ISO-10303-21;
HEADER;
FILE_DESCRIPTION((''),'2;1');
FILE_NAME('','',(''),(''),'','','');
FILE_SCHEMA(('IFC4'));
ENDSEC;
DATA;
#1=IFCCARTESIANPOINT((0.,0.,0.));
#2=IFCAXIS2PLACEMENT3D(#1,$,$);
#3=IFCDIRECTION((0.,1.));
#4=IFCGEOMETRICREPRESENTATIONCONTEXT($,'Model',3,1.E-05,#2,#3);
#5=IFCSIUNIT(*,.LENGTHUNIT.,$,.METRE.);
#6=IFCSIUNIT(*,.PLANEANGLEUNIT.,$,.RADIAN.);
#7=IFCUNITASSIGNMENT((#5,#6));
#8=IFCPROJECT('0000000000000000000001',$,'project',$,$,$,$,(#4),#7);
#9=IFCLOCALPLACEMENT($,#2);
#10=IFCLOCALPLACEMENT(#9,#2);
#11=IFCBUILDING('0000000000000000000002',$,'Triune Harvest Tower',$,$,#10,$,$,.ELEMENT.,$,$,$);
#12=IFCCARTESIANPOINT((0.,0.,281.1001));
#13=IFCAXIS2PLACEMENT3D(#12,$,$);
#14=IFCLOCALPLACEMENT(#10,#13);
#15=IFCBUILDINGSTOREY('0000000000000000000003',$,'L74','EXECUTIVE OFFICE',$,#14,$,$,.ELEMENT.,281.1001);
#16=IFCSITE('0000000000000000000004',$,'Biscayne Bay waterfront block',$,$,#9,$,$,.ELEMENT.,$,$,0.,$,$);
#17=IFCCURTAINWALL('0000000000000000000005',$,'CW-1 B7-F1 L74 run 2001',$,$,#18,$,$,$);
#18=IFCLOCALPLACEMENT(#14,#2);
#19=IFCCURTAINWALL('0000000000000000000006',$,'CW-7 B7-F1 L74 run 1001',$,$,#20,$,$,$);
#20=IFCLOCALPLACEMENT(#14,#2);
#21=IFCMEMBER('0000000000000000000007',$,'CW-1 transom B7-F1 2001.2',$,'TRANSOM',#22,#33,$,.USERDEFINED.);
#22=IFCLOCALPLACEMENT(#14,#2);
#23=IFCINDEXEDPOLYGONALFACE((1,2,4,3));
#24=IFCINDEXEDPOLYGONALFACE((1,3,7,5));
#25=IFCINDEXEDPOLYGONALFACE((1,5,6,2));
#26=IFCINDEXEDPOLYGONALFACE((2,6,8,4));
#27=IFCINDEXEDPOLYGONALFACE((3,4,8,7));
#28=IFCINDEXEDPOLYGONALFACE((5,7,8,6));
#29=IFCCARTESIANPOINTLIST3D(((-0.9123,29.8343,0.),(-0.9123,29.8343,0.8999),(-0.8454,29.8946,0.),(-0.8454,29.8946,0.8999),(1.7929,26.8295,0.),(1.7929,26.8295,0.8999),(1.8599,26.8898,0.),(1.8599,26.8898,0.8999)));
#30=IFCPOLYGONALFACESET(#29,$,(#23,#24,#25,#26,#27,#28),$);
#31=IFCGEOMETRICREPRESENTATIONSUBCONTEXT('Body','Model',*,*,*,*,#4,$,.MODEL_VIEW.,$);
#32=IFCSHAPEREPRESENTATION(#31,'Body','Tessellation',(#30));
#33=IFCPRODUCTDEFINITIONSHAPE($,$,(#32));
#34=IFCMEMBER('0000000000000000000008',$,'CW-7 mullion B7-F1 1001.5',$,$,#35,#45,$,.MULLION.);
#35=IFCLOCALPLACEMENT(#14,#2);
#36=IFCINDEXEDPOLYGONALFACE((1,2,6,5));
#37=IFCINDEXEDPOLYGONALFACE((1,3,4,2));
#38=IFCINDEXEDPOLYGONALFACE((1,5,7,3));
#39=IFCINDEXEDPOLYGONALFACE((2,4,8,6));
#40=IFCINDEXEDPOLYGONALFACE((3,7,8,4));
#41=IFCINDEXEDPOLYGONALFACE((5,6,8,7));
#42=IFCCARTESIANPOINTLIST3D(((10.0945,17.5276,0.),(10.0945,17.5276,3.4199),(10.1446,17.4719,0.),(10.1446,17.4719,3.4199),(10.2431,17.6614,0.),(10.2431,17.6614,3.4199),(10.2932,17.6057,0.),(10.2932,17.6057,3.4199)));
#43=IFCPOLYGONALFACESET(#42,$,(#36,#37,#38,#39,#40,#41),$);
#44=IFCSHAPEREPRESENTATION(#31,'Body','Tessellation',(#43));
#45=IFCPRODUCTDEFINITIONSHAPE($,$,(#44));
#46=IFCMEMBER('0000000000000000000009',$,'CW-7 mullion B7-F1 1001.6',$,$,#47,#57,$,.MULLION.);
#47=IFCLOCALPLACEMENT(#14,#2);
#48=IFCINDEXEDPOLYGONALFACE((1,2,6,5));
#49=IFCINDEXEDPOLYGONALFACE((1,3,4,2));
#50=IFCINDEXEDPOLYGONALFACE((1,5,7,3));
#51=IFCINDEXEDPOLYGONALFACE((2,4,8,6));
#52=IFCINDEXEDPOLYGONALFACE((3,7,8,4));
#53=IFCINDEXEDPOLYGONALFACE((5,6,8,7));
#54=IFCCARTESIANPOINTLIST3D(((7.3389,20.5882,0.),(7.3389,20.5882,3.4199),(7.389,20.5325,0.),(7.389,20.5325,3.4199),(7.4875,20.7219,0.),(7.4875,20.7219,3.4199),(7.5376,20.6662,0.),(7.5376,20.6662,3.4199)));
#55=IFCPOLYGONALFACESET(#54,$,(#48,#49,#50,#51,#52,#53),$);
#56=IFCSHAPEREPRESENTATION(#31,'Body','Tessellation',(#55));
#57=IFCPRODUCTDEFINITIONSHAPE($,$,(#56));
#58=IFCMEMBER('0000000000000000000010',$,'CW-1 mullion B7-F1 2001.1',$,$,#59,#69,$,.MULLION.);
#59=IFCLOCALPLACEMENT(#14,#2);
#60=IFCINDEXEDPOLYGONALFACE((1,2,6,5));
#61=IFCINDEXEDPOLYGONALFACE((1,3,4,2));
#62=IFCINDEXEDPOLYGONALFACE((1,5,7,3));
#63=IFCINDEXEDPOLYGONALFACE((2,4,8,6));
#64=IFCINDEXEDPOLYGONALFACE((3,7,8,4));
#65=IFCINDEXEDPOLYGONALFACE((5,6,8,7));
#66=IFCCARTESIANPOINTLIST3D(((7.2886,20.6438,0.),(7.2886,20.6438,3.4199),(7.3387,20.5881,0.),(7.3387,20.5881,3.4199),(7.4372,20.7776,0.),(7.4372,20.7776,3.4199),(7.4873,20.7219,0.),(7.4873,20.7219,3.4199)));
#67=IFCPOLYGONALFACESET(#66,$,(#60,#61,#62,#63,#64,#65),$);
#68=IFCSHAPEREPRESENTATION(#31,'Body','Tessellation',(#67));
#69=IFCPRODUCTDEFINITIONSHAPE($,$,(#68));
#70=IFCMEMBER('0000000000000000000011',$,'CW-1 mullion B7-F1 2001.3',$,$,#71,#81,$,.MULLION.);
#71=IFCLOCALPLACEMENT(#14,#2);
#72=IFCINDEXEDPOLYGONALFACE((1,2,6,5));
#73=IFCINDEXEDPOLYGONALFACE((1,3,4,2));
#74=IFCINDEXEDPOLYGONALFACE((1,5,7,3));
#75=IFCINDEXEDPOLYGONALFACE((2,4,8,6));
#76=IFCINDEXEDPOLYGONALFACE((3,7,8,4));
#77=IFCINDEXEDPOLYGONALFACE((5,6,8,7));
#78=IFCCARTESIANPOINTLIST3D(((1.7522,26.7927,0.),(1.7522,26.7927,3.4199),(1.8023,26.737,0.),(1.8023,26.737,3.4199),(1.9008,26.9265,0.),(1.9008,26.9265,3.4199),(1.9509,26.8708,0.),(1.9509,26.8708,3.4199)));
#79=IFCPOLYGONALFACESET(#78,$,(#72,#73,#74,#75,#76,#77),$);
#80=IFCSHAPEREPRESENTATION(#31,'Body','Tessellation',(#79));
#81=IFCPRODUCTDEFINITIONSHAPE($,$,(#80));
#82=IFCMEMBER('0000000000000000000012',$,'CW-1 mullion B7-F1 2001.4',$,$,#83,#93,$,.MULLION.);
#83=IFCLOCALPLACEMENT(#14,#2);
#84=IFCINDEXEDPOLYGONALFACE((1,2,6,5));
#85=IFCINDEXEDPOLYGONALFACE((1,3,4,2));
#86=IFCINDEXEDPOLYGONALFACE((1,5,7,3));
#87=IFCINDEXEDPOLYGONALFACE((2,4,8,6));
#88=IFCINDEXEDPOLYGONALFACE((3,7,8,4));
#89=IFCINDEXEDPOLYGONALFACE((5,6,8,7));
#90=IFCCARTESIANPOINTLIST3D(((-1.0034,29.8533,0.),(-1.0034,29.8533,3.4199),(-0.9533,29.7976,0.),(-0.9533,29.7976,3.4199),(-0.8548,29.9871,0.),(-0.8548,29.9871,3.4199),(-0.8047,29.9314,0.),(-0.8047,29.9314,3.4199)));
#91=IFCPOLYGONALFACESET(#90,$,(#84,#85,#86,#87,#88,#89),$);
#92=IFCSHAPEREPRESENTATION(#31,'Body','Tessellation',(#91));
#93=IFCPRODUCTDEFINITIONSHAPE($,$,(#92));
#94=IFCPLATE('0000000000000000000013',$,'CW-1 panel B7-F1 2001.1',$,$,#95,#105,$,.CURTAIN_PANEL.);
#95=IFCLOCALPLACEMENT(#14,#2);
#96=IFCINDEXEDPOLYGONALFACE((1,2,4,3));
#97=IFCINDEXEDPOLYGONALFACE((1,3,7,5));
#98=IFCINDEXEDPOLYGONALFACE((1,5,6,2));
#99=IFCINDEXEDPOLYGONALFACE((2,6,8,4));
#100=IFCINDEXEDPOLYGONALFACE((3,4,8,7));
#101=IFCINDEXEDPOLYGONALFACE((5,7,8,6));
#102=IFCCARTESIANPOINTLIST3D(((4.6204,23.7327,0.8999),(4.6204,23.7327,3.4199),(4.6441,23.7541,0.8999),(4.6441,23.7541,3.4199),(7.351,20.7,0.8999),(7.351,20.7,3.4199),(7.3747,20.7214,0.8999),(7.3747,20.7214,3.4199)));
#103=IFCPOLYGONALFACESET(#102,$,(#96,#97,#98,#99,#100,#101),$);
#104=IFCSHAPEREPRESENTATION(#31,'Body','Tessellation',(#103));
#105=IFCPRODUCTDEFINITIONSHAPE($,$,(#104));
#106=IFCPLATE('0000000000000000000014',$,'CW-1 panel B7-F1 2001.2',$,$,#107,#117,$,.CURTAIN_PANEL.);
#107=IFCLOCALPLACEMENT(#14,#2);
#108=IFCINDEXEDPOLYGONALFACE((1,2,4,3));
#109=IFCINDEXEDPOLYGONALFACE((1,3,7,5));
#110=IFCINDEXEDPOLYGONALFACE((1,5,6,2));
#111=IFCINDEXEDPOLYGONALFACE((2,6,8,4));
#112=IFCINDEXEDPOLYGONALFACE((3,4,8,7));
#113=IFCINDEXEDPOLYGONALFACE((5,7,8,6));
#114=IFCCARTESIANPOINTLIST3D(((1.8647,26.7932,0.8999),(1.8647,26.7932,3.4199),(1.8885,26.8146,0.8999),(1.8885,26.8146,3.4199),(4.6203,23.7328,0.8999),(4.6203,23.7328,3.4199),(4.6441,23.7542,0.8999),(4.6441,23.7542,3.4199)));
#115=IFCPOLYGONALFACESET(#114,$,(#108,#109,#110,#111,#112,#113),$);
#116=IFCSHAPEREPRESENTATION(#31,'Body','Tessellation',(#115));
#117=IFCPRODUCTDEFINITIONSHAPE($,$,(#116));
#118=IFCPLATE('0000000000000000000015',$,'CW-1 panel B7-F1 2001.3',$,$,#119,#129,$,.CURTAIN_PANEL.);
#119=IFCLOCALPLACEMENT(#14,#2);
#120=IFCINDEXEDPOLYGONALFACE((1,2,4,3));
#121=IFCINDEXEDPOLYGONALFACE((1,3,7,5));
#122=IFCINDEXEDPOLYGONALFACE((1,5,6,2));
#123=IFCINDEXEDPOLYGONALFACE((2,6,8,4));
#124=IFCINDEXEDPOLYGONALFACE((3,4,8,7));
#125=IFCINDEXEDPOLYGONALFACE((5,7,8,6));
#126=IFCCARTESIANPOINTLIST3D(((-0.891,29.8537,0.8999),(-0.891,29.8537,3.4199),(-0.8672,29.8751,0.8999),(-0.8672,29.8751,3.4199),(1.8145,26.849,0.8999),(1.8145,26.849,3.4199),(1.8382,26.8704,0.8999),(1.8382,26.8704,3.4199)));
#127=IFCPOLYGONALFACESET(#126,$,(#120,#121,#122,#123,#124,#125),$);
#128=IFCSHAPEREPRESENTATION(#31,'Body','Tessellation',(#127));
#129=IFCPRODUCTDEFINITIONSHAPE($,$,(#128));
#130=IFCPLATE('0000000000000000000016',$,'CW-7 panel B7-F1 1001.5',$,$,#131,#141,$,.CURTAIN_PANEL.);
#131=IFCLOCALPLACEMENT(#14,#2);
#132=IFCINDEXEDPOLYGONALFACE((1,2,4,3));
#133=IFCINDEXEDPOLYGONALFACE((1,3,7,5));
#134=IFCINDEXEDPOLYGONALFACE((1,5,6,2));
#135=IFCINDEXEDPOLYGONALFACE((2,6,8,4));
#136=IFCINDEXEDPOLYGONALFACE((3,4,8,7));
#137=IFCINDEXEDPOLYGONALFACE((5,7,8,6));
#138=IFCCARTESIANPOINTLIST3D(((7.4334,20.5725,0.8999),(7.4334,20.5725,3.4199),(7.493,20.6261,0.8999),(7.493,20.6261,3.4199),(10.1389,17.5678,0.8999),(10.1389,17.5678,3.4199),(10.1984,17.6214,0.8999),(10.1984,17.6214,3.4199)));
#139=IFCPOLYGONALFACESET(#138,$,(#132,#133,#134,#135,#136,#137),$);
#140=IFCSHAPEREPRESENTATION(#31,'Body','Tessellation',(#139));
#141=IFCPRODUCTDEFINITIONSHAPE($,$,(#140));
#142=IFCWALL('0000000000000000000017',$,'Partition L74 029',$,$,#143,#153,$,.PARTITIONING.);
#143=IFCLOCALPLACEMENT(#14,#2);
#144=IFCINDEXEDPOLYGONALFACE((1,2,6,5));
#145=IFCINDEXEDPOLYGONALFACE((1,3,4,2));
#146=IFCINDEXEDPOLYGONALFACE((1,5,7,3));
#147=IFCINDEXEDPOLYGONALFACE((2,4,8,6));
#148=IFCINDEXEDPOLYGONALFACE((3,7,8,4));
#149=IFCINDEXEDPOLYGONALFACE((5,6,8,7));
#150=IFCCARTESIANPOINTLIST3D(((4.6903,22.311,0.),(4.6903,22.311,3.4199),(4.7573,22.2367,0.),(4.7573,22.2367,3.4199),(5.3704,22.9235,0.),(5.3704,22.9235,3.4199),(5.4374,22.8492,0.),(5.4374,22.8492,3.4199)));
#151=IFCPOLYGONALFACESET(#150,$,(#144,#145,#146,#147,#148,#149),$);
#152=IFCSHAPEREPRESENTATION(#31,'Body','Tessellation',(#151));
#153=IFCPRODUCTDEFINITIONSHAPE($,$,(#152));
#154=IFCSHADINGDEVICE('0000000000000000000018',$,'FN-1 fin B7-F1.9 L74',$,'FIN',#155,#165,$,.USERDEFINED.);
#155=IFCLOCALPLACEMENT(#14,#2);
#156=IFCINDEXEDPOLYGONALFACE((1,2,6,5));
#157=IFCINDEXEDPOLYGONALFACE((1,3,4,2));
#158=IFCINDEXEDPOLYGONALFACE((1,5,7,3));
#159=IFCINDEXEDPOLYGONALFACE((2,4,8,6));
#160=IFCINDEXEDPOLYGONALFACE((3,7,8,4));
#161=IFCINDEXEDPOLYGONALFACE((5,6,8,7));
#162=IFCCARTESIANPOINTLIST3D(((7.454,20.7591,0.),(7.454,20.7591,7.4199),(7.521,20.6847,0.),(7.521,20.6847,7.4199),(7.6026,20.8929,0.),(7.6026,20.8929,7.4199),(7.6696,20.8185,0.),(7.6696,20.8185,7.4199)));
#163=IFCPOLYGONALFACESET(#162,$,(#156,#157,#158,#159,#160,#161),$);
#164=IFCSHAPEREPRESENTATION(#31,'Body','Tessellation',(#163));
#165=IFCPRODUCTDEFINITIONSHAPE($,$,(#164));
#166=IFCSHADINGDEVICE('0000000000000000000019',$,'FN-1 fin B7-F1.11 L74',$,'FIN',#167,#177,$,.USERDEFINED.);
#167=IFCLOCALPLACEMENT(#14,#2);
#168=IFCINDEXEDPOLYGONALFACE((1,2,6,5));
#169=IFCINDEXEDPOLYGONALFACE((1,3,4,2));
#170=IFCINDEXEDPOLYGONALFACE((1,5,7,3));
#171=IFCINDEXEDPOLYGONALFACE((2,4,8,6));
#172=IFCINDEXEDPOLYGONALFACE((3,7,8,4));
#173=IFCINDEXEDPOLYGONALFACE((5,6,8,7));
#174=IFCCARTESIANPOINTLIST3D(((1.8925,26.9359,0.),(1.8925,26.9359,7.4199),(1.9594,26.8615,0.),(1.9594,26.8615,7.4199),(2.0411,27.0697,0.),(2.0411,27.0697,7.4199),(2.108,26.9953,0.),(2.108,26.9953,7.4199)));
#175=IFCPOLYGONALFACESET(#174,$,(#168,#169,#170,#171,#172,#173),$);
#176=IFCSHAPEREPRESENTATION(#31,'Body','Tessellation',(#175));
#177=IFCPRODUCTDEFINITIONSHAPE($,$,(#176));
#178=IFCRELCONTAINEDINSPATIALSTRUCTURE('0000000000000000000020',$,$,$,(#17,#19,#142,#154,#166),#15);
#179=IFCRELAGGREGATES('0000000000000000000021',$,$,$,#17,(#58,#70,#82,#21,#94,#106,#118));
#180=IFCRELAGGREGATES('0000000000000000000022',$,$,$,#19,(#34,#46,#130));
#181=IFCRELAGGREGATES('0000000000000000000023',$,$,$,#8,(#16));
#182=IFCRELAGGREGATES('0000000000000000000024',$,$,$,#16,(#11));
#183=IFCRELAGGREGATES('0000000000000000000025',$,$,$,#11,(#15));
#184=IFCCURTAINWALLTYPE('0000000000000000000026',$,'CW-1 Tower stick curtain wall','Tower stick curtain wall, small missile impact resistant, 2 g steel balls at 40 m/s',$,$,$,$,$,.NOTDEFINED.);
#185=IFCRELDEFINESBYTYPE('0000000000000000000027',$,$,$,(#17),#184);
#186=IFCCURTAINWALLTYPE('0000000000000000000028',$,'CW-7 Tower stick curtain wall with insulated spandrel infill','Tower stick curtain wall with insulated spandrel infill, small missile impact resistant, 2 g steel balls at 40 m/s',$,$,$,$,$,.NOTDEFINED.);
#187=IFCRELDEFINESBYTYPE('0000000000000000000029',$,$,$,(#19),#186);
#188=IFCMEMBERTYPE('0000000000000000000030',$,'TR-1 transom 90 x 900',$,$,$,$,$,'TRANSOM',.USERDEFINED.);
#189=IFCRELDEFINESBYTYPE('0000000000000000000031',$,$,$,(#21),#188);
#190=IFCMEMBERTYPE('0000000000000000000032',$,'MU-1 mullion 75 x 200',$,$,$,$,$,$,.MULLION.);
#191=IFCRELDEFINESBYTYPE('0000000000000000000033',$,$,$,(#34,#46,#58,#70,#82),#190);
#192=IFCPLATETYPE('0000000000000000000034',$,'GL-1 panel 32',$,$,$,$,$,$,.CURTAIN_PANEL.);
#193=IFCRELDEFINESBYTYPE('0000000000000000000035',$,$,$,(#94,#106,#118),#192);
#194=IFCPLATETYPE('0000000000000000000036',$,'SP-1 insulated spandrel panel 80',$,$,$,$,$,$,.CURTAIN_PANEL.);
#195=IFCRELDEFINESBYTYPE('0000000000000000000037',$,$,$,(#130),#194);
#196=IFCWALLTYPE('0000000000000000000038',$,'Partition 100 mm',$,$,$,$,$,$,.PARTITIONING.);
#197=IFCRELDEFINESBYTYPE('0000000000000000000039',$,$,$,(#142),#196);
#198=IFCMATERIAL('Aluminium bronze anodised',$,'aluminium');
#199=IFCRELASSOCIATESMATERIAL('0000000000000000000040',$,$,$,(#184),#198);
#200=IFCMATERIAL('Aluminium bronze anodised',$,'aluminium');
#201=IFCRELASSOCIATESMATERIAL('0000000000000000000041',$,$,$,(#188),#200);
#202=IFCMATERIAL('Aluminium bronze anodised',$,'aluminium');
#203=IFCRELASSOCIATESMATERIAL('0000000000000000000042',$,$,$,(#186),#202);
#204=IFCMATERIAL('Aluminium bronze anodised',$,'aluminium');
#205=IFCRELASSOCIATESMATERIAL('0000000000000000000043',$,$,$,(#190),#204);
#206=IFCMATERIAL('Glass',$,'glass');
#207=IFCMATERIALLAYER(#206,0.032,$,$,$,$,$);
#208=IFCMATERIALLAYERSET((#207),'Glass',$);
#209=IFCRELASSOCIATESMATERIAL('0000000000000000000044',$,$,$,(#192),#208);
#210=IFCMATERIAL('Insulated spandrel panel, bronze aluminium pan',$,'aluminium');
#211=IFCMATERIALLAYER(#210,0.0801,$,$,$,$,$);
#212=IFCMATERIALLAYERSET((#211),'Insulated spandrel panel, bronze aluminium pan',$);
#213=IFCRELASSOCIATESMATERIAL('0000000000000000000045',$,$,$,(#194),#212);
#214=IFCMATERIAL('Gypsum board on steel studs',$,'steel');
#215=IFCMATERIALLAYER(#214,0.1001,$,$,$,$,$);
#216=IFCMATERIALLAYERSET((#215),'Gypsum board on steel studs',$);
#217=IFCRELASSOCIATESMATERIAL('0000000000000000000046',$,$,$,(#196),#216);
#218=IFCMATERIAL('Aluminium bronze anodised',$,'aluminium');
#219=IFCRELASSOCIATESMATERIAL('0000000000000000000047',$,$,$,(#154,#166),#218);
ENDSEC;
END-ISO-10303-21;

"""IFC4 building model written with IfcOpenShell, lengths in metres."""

from ifc_helpers import new_model, si_unit, direction, frame, frame_2d, origin, origin_2d, place, context, subcontext, project, spatial, rectangle, extrude, source, transform, mapped, material, layer, layer_set, material_profile, profile_set, type_object, element, aggregate, save


model = new_model("IFC4")

# Units and contexts
model_context = context("Model", 3, precision=1e-05, world=origin(), true_north=direction((0.0, 1.0)))
body_context = subcontext(model_context, "Body", "Model", "MODEL_VIEW")
ifc_project = project(units=[si_unit("LENGTHUNIT", "METRE"), si_unit("PLANEANGLEUNIT", "RADIAN")], contexts=[model_context])

# Site, building, storey
site_placement = place(None, origin())
site = spatial("IfcSite", under=ifc_project, at=site_placement, Name="Biscayne Bay waterfront block", CompositionType="ELEMENT", RefElevation=0.0)
building_placement = place(site_placement, origin())
building = spatial("IfcBuilding", under=site, at=building_placement, Name="Triune Harvest Tower", CompositionType="ELEMENT")
storey_placement = place(building_placement, frame((0.0, 0.0, 281.1001)))
storey = spatial("IfcBuildingStorey", under=building, at=storey_placement, Name="L74", Description="EXECUTIVE OFFICE", CompositionType="ELEMENT", Elevation=281.1001)

# Curtain walls
ifc_material_1 = material(Name="Aluminium bronze anodised", Category="aluminium")
curtain_wall_type_1 = type_object("IfcCurtainWallType", Name="CW-1 Tower stick curtain wall", Description="Tower stick curtain wall, small missile impact resistant, 2 g steel balls at 40 m/s", PredefinedType="NOTDEFINED", material=ifc_material_1)
curtain_wall_1_placement = place(storey_placement, origin())
curtain_wall_1 = element("IfcCurtainWall", 1, at=curtain_wall_1_placement, inside=storey, type_object=curtain_wall_type_1, Name="CW-1 B7-F1 L74 run 2001")
ifc_material_2 = material(Name="Aluminium bronze anodised", Category="aluminium")
ifc_material_profile_1 = material_profile(ifc_material_2, rectangle(XDim=0.0901, YDim=0.8999, at=origin_2d()), Name="TR-1 transom 90 x 900")
ifc_profile_set_1 = profile_set([ifc_material_profile_1], Name="Aluminium bronze anodised")
member_type_1 = type_object("IfcMemberType", Name="TR-1 transom 90 x 900", ElementType="TRANSOM", PredefinedType="USERDEFINED", material=ifc_profile_set_1)
ifc_material_3 = material(Name="Aluminium bronze anodised", Category="aluminium")
curtain_wall_type_2 = type_object("IfcCurtainWallType", Name="CW-7 Tower stick curtain wall with insulated spandrel infill", Description="Tower stick curtain wall with insulated spandrel infill, small missile impact resistant, 2 g steel balls at 40 m/s", PredefinedType="NOTDEFINED", material=ifc_material_3)
curtain_wall_2_placement = place(storey_placement, origin())
curtain_wall_2 = element("IfcCurtainWall", 2, at=curtain_wall_2_placement, inside=storey, type_object=curtain_wall_type_2, Name="CW-7 B7-F1 L74 run 1001")
shared_shape_1 = source(origin(), body_context, "Body", "SweptSolid", [
    extrude(rectangle(XDim=0.0901, YDim=0.8999, at=origin_2d()), origin(), (0.0, 0.0, 1.0), 4.0432),
])

# Members
member_1_placement = place(storey_placement, frame((1.8264, 26.8596, 0.45), z_axis=(-0.669091, 0.74318, 0.0), x_axis=(-0.74318, -0.669091, 0.0)))
member_1 = element("IfcMember", 3, at=member_1_placement, type_object=member_type_1, Name="CW-1 transom B7-F1 2001.2", ObjectType="TRANSOM", PredefinedType="USERDEFINED", context=body_context, shape_type="MappedRepresentation", body=[
    mapped(shared_shape_1, transform((0.0, 0.0, 0.0), scale=1.0)),
])
ifc_material_4 = material(Name="Aluminium bronze anodised", Category="aluminium")
ifc_material_profile_2 = material_profile(ifc_material_4, rectangle(XDim=0.2, YDim=0.075, at=origin_2d()), Name="MU-1 mullion 75 x 200")
ifc_profile_set_2 = profile_set([ifc_material_profile_2], Name="Aluminium bronze anodised")
member_type_2 = type_object("IfcMemberType", Name="MU-1 mullion 75 x 200", PredefinedType="MULLION", material=ifc_profile_set_2)
shared_shape_2 = source(origin(), body_context, "Body", "SweptSolid", [
    extrude(rectangle(XDim=0.2, YDim=0.075, at=origin_2d()), origin(), (0.0, 0.0, 1.0), 3.4199),
])
member_2_placement = place(storey_placement, frame((10.1938, 17.5667, 0.0), z_axis=(0.0, 0.0, 1.0), x_axis=(-0.743144, -0.669131, 0.0)))
member_2 = element("IfcMember", 4, at=member_2_placement, type_object=member_type_2, Name="CW-7 mullion B7-F1 1001.5", PredefinedType="MULLION", context=body_context, shape_type="MappedRepresentation", body=[
    mapped(shared_shape_2, transform((0.0, 0.0, 0.0), scale=1.0)),
])
member_3_placement = place(storey_placement, frame((7.4382, 20.6272, 0.0), z_axis=(0.0, 0.0, 1.0), x_axis=(-0.743144, -0.669131, 0.0)))
member_3 = element("IfcMember", 5, at=member_3_placement, type_object=member_type_2, Name="CW-7 mullion B7-F1 1001.6", PredefinedType="MULLION", context=body_context, shape_type="MappedRepresentation", body=[
    mapped(shared_shape_2, transform((0.0, 0.0, 0.0), scale=1.0)),
])
member_4_placement = place(storey_placement, frame((7.3879, 20.6829, 0.0), z_axis=(0.0, 0.0, 1.0), x_axis=(-0.743144, -0.669131, 0.0)))
member_4 = element("IfcMember", 6, at=member_4_placement, type_object=member_type_2, Name="CW-1 mullion B7-F1 2001.1", PredefinedType="MULLION", context=body_context, shape_type="MappedRepresentation", body=[
    mapped(shared_shape_2, transform((0.0, 0.0, 0.0), scale=1.0)),
])
member_5_placement = place(storey_placement, frame((1.8516, 26.8318, 0.0), z_axis=(0.0, 0.0, 1.0), x_axis=(-0.743144, -0.669131, 0.0)))
member_5 = element("IfcMember", 7, at=member_5_placement, type_object=member_type_2, Name="CW-1 mullion B7-F1 2001.3", PredefinedType="MULLION", context=body_context, shape_type="MappedRepresentation", body=[
    mapped(shared_shape_2, transform((0.0, 0.0, 0.0), scale=1.0)),
])
member_6_placement = place(storey_placement, frame((-0.9041, 29.8923, 0.0), z_axis=(0.0, 0.0, 1.0), x_axis=(-0.743144, -0.669131, 0.0)))
member_6 = element("IfcMember", 8, at=member_6_placement, type_object=member_type_2, Name="CW-1 mullion B7-F1 2001.4", PredefinedType="MULLION", context=body_context, shape_type="MappedRepresentation", body=[
    mapped(shared_shape_2, transform((0.0, 0.0, 0.0), scale=1.0)),
])

# Plates
ifc_material_5 = material(Name="Glass", Category="glass")
ifc_layer_1 = layer(ifc_material_5, 0.032)
ifc_layer_set_1 = layer_set([ifc_layer_1], Name="Glass")
plate_type_1 = type_object("IfcPlateType", Name="GL-1 panel 32", PredefinedType="CURTAIN_PANEL", material=ifc_layer_set_1)
shared_shape_3 = source(origin(), body_context, "Body", "SweptSolid", [
    extrude(rectangle(XDim=4.0808, YDim=0.032, at=origin_2d()), origin(), (0.0, 0.0, 1.0), 2.52),
])
plate_1_placement = place(storey_placement, frame((5.9976, 22.2271, 0.8999), z_axis=(0.0, 0.0, 1.0), x_axis=(-0.669131, 0.743144, 0.0)))
plate_1 = element("IfcPlate", 9, at=plate_1_placement, type_object=plate_type_1, Name="CW-1 panel B7-F1 2001.1", PredefinedType="CURTAIN_PANEL", context=body_context, shape_type="MappedRepresentation", body=[
    mapped(shared_shape_3, transform((0.0, 0.0, 0.0), scale=1.0)),
])
shared_shape_4 = source(origin(), body_context, "Body", "SweptSolid", [
    extrude(rectangle(XDim=4.1182, YDim=0.032, at=origin_2d()), origin(), (0.0, 0.0, 1.0), 2.52),
])
plate_2_placement = place(storey_placement, frame((3.2544, 25.2737, 0.8999), z_axis=(0.0, 0.0, 1.0), x_axis=(-0.669131, 0.743144, 0.0)))
plate_2 = element("IfcPlate", 10, at=plate_2_placement, type_object=plate_type_1, Name="CW-1 panel B7-F1 2001.2", PredefinedType="CURTAIN_PANEL", context=body_context, shape_type="MappedRepresentation", body=[
    mapped(shared_shape_4, transform((0.0, 0.0, 0.0), scale=1.0)),
])
shared_shape_5 = source(origin(), body_context, "Body", "SweptSolid", [
    extrude(rectangle(XDim=4.0432, YDim=0.032, at=origin_2d()), origin(), (0.0, 0.0, 1.0), 2.52),
])
plate_3_placement = place(storey_placement, frame((0.4736, 28.3621, 0.8999), z_axis=(0.0, 0.0, 1.0), x_axis=(-0.669131, 0.743144, 0.0)))
plate_3 = element("IfcPlate", 11, at=plate_3_placement, type_object=plate_type_1, Name="CW-1 panel B7-F1 2001.3", PredefinedType="CURTAIN_PANEL", context=body_context, shape_type="MappedRepresentation", body=[
    mapped(shared_shape_5, transform((0.0, 0.0, 0.0), scale=1.0)),
])
aggregate(curtain_wall_1, [member_4, member_5, member_6, member_1, plate_1, plate_2, plate_3])
ifc_material_6 = material(Name="Insulated spandrel panel, bronze aluminium pan", Category="aluminium")
ifc_layer_2 = layer(ifc_material_6, 0.0801)
ifc_layer_set_2 = layer_set([ifc_layer_2], Name="Insulated spandrel panel, bronze aluminium pan")
plate_type_2 = type_object("IfcPlateType", Name="SP-1 insulated spandrel panel 80", PredefinedType="CURTAIN_PANEL", material=ifc_layer_set_2)
shared_shape_6 = source(origin(), body_context, "Body", "SweptSolid", [
    extrude(rectangle(XDim=4.0432, YDim=0.0801, at=origin_2d()), origin(), (0.0, 0.0, 1.0), 2.52),
])
plate_4_placement = place(storey_placement, frame((8.8159, 19.0969, 0.8999), z_axis=(0.0, 0.0, 1.0), x_axis=(-0.669131, 0.743144, 0.0)))
plate_4 = element("IfcPlate", 12, at=plate_4_placement, type_object=plate_type_2, Name="CW-7 panel B7-F1 1001.5", PredefinedType="CURTAIN_PANEL", context=body_context, shape_type="MappedRepresentation", body=[
    mapped(shared_shape_6, transform((0.0, 0.0, 0.0), scale=1.0)),
])
aggregate(curtain_wall_2, [member_2, member_3, plate_4])

# Wall
ifc_material_7 = material(Name="Gypsum board on steel studs", Category="steel")
ifc_layer_3 = layer(ifc_material_7, 0.1001)
ifc_layer_set_3 = layer_set([ifc_layer_3], Name="Gypsum board on steel studs")
wall_type = type_object("IfcWallType", Name="Partition 100 mm", PredefinedType="PARTITIONING", material=ifc_layer_set_3)
shared_shape_7 = source(origin(), body_context, "Body", "SweptSolid", [
    extrude(rectangle(XDim=0.9153, YDim=0.1001, at=frame_2d((0.4575, 0.0))), origin(), (0.0, 0.0, 1.0), 3.4199),
])
wall_placement = place(storey_placement, frame((4.7239, 22.2739, 0.0), z_axis=(0.0, 0.0, 1.0), x_axis=(0.743082, 0.6692, 0.0)))
element("IfcWall", 13, at=wall_placement, inside=storey, type_object=wall_type, Name="Partition L74 029", PredefinedType="PARTITIONING", context=body_context, shape_type="MappedRepresentation", body=[
    mapped(shared_shape_7, transform((0.0, 0.0, 0.0), scale=1.0)),
])

# Shading devices
ifc_material_8 = material(Name="Aluminium bronze anodised", Category="aluminium")
shared_shape_8 = source(origin(), body_context, "Body", "SweptSolid", [
    extrude(rectangle(XDim=0.1001, YDim=0.2, at=origin_2d()), origin(), (0.0, 0.0, 1.0), 7.4199),
])
for number, where, z_axis, x_axis, name in (
    (14, (7.5618, 20.7888, 0.0), (0.0, 0.0, 1.0), (-0.669131, 0.743144, 0.0), "FN-1 fin B7-F1.9 L74"),
    (15, (2.0002, 26.9656, 0.0), (0.0, 0.0, 1.0), (-0.669131, 0.743144, 0.0), "FN-1 fin B7-F1.11 L74"),
):
    element("IfcShadingDevice", number, at=place(storey_placement, frame(where, z_axis=z_axis, x_axis=x_axis)), inside=storey, material=ifc_material_8, Name=name, ObjectType="FIN", PredefinedType="USERDEFINED", context=body_context, shape_type="MappedRepresentation", body=[
        mapped(shared_shape_8, transform((0.0, 0.0, 0.0), scale=1.0)),
    ])

save(model, "model.ifc")
